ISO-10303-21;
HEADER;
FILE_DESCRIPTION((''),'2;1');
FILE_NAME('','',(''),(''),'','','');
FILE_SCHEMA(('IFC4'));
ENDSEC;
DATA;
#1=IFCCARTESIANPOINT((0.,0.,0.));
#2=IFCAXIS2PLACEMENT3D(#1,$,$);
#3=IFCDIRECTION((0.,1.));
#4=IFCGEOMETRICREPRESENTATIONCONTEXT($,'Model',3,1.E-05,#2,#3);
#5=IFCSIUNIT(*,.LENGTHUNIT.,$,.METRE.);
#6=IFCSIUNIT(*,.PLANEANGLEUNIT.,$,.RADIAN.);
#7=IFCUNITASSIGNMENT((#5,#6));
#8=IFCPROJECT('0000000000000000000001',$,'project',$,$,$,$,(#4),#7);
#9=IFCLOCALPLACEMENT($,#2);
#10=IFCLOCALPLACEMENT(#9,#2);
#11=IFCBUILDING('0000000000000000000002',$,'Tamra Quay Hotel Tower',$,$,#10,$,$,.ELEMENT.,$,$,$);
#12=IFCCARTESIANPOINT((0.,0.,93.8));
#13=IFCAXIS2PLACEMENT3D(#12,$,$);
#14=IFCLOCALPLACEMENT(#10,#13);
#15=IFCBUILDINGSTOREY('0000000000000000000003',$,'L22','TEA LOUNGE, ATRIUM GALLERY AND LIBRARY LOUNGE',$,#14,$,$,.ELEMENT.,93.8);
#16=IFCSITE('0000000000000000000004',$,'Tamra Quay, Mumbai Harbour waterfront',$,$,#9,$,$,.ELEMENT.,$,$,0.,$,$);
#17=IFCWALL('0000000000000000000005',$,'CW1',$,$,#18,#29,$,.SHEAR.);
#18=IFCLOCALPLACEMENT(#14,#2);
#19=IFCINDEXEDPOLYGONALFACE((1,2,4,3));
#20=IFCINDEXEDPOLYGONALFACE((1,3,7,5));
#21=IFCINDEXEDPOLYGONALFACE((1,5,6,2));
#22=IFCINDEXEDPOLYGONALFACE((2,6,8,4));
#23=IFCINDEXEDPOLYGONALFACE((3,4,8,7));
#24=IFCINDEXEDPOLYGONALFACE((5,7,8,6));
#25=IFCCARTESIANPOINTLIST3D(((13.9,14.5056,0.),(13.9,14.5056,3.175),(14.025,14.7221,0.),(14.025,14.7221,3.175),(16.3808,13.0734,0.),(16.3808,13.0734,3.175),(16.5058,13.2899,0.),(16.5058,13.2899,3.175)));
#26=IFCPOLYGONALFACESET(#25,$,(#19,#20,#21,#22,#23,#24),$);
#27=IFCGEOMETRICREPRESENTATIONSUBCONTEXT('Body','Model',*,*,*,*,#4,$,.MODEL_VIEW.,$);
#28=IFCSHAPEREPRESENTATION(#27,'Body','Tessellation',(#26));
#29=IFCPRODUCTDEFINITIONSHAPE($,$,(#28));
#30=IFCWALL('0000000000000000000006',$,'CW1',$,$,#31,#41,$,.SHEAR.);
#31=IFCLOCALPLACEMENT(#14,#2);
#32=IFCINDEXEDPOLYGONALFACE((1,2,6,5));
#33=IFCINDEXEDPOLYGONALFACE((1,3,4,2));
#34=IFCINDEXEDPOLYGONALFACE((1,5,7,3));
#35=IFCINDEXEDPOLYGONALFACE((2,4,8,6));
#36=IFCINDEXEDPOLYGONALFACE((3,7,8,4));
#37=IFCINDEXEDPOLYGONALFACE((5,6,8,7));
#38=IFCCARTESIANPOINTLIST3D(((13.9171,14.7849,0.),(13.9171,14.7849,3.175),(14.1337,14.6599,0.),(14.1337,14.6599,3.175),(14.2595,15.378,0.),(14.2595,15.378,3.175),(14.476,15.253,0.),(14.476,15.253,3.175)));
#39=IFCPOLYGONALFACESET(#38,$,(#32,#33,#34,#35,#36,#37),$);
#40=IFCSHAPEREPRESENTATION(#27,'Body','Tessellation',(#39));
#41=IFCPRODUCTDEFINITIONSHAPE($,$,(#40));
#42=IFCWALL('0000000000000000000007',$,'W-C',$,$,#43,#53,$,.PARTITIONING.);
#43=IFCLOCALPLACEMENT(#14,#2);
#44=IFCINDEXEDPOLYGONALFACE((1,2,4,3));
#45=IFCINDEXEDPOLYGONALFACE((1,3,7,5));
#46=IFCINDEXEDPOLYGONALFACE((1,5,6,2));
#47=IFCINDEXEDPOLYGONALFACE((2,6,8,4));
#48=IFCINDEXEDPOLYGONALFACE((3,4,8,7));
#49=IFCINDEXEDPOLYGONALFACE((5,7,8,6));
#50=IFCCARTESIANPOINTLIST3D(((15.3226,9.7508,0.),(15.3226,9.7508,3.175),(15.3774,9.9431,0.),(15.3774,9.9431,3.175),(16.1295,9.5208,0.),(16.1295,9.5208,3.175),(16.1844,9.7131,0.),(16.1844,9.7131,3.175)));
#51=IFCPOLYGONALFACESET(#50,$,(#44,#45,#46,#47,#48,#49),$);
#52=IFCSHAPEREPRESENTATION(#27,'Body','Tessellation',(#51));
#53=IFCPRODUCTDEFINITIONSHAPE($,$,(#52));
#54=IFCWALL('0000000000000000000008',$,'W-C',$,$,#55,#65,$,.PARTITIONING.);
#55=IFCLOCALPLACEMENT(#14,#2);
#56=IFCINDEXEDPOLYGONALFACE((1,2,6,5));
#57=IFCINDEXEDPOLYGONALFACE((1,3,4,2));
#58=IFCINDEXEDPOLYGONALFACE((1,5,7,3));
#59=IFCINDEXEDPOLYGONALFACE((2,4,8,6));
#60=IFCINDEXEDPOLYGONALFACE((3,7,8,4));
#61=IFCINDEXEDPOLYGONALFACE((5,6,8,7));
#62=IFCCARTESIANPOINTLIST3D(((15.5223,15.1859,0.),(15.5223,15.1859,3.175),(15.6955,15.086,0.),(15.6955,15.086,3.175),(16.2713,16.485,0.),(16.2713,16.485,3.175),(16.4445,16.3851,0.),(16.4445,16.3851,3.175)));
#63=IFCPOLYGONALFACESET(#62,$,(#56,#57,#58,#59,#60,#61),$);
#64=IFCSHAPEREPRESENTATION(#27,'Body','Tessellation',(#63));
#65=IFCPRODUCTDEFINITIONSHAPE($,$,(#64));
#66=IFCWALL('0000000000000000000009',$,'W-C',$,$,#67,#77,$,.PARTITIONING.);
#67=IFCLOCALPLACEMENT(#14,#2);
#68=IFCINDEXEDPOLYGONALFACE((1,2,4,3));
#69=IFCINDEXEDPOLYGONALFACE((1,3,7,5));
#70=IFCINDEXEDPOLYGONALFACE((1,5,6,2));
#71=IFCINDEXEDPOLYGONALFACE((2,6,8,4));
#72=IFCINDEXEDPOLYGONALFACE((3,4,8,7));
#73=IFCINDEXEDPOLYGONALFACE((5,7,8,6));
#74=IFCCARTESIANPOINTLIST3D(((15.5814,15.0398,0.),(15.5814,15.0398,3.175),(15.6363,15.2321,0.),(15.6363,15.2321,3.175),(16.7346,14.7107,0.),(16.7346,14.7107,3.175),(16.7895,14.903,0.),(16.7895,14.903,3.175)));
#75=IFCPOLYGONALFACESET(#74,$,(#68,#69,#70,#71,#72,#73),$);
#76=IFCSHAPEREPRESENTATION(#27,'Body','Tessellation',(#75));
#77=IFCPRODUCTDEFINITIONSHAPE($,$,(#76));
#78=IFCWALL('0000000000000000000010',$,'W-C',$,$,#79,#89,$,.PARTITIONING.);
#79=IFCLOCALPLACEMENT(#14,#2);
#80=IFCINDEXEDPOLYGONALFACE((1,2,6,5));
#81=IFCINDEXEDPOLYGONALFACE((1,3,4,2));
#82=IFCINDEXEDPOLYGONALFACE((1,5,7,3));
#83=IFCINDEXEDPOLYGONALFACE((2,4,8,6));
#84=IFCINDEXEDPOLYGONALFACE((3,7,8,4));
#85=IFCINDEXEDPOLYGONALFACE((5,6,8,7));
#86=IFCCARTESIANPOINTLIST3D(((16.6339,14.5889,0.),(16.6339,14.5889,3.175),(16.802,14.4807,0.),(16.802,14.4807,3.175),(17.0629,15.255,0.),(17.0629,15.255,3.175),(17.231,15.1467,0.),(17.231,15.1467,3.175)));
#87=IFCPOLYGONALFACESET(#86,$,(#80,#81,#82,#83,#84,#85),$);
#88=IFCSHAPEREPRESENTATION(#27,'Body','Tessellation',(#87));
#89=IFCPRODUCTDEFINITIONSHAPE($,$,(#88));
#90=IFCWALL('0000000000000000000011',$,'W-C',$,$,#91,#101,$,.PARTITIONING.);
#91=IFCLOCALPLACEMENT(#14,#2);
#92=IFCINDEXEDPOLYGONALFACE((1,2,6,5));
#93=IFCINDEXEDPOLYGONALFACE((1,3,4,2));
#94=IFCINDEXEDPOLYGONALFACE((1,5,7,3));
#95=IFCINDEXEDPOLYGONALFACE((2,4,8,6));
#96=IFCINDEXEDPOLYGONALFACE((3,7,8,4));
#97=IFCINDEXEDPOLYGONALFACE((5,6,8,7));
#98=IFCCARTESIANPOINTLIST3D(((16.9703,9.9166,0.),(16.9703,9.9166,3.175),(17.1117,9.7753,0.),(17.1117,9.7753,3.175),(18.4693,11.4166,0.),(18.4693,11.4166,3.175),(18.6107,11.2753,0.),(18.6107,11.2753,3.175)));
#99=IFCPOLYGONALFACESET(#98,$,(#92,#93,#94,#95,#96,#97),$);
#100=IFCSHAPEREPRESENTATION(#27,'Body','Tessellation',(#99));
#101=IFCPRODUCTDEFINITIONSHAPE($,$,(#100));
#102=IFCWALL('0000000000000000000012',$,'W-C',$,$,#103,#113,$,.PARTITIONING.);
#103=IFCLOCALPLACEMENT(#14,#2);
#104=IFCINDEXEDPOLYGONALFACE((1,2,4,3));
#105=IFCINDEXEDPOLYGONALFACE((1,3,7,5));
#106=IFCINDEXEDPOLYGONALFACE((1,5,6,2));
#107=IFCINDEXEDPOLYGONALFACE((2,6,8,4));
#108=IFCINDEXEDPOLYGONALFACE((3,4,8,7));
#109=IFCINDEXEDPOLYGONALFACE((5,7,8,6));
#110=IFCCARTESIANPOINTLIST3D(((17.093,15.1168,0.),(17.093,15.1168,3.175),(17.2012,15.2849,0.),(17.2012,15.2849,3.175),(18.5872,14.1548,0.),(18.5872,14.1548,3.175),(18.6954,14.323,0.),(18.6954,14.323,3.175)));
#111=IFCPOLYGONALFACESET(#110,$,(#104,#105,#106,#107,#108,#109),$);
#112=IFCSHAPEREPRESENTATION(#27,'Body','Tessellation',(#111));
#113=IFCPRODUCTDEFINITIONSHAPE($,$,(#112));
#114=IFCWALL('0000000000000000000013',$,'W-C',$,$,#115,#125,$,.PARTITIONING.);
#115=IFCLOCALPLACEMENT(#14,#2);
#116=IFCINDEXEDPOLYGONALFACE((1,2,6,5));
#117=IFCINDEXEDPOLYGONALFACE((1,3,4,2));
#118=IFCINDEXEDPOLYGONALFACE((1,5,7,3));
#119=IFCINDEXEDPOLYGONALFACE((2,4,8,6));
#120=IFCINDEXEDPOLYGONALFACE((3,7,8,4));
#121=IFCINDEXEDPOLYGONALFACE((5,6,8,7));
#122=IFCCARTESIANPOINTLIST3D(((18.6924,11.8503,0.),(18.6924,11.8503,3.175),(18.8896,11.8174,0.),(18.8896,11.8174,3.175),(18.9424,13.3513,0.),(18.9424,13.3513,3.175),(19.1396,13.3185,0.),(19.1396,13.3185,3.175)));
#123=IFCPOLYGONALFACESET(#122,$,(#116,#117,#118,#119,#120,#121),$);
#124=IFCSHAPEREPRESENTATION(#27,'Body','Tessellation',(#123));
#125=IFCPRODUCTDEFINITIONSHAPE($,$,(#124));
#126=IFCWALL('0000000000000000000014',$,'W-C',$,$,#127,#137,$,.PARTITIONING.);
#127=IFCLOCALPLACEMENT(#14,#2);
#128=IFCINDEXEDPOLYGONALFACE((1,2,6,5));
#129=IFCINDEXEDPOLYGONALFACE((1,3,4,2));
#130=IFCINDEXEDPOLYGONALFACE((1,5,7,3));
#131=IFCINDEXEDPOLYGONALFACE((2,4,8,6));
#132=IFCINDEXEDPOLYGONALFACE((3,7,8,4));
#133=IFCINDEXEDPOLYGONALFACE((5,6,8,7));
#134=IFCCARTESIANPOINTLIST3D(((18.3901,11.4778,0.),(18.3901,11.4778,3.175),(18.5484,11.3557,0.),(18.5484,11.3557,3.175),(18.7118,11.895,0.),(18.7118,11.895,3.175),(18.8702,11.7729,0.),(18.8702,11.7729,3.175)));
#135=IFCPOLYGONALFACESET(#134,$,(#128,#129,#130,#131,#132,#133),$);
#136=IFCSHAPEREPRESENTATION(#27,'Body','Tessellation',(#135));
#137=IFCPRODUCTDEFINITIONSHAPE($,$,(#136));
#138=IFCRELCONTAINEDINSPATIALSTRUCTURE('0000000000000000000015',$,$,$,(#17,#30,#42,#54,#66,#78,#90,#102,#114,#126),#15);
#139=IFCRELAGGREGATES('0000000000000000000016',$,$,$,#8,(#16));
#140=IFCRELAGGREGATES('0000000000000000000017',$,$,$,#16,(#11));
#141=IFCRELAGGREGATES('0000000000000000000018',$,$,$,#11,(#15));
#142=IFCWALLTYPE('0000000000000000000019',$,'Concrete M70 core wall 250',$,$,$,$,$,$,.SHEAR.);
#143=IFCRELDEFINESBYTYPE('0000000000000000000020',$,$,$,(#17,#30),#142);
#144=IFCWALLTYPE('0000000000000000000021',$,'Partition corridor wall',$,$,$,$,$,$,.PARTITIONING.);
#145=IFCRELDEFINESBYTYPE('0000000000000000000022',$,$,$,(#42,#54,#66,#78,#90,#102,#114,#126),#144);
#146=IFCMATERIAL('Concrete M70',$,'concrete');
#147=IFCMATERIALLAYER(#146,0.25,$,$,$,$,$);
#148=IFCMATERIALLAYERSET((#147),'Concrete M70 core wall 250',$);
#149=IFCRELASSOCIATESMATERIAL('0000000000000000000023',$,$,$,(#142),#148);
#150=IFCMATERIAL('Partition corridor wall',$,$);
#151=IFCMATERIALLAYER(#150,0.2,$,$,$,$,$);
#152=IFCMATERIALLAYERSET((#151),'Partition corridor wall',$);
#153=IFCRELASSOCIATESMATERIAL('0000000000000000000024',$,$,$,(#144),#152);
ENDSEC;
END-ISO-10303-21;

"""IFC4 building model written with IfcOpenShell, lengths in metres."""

from ifc_helpers import new_model, si_unit, direction, frame, frame_2d, origin, place, context, subcontext, project, spatial, rectangle, extrude, material, layer, layer_set, type_object, element, save


model = new_model("IFC4")

# Units and contexts
model_context = context("Model", 3, precision=1e-05, world=origin(), true_north=direction((0.0, 1.0)))
body_context = subcontext(model_context, "Body", "Model", "MODEL_VIEW")
ifc_project = project(units=[si_unit("LENGTHUNIT", "METRE"), si_unit("PLANEANGLEUNIT", "RADIAN")], contexts=[model_context])

# Site, building, storey
site_placement = place(None, origin())
site = spatial("IfcSite", under=ifc_project, at=site_placement, Name="Tamra Quay, Mumbai Harbour waterfront", CompositionType="ELEMENT", RefElevation=0.0)
building_placement = place(site_placement, origin())
building = spatial("IfcBuilding", under=site, at=building_placement, Name="Tamra Quay Hotel Tower", CompositionType="ELEMENT")
storey_placement = place(building_placement, frame((0.0, 0.0, 93.8)))
storey = spatial("IfcBuildingStorey", under=building, at=storey_placement, Name="L22", Description="TEA LOUNGE, ATRIUM GALLERY AND LIBRARY LOUNGE", CompositionType="ELEMENT", Elevation=93.8)

# Shared definitions
ifc_material_1 = material(Name="Concrete M70", Category="concrete")

# Walls
ifc_layer_1 = layer(ifc_material_1, 0.25)
ifc_layer_set_1 = layer_set([ifc_layer_1], Name="Concrete M70 core wall 250")
wall_type_1 = type_object("IfcWallType", Name="Concrete M70 core wall 250", PredefinedType="SHEAR", material=ifc_layer_set_1)
wall_1_placement = place(storey_placement, frame((13.9626, 14.6138, 0.0), z_axis=(0.0, 0.0, 1.0), x_axis=(0.866042, -0.499971, 0.0)))
element("IfcWall", 1, at=wall_1_placement, inside=storey, type_object=wall_type_1, Name="CW1", PredefinedType="SHEAR", context=body_context, shape_type="SweptSolid", body=[
    extrude(rectangle(XDim=2.8645, YDim=0.25, at=frame_2d((1.4321, 0.0))), origin(), (0.0, 0.0, 1.0), 3.175),
])
wall_2_placement = place(storey_placement, frame((14.3677, 15.3154, 0.0), z_axis=(0.0, 0.0, 1.0), x_axis=(-0.499897, -0.866085, 0.0)))
element("IfcWall", 2, at=wall_2_placement, inside=storey, type_object=wall_type_1, Name="CW1", PredefinedType="SHEAR", context=body_context, shape_type="SweptSolid", body=[
    extrude(rectangle(XDim=0.6848, YDim=0.25, at=frame_2d((0.3423, 0.0))), origin(), (0.0, 0.0, 1.0), 3.175),
])
ifc_material_2 = material(Name="Partition corridor wall")
ifc_layer_2 = layer(ifc_material_2, 0.2)
ifc_layer_set_2 = layer_set([ifc_layer_2], Name="Partition corridor wall")
wall_type_2 = type_object("IfcWallType", Name="Partition corridor wall", PredefinedType="PARTITIONING", material=ifc_layer_set_2)
wall_3_placement = place(storey_placement, frame((15.3501, 9.8469, 0.0), z_axis=(0.0, 0.0, 1.0), x_axis=(0.961699, -0.274106, 0.0)))
element("IfcWall", 3, at=wall_3_placement, inside=storey, type_object=wall_type_2, Name="W-C", PredefinedType="PARTITIONING", context=body_context, shape_type="SweptSolid", body=[
    extrude(rectangle(XDim=0.8391, YDim=0.2, at=frame_2d((0.4194, 0.0))), origin(), (0.0, 0.0, 1.0), 3.175),
])
wall_4_placement = place(storey_placement, frame((15.6089, 15.136, 0.0), z_axis=(0.0, 0.0, 1.0), x_axis=(0.499502, 0.866313, 0.0)))
element("IfcWall", 4, at=wall_4_placement, inside=storey, type_object=wall_type_2, Name="W-C", PredefinedType="PARTITIONING", context=body_context, shape_type="SweptSolid", body=[
    extrude(rectangle(XDim=1.4995, YDim=0.2, at=frame_2d((0.7498, 0.0))), origin(), (0.0, 0.0, 1.0), 3.175),
])
wall_5_placement = place(storey_placement, frame((15.6089, 15.136, 0.0), z_axis=(0.0, 0.0, 1.0), x_axis=(0.961601, -0.274452, 0.0)))
element("IfcWall", 5, at=wall_5_placement, inside=storey, type_object=wall_type_2, Name="W-C", PredefinedType="PARTITIONING", context=body_context, shape_type="SweptSolid", body=[
    extrude(rectangle(XDim=1.1992, YDim=0.2, at=frame_2d((0.5996, 0.0))), origin(), (0.0, 0.0, 1.0), 3.175),
])
wall_6_placement = place(storey_placement, frame((16.718, 14.5349, 0.0), z_axis=(0.0, 0.0, 1.0), x_axis=(0.541474, 0.840718, 0.0)))
element("IfcWall", 6, at=wall_6_placement, inside=storey, type_object=wall_type_2, Name="W-C", PredefinedType="PARTITIONING", context=body_context, shape_type="SweptSolid", body=[
    extrude(rectangle(XDim=0.7922, YDim=0.2, at=frame_2d((0.396, 0.0))), origin(), (0.0, 0.0, 1.0), 3.175),
])
wall_7_placement = place(storey_placement, frame((17.041, 9.8459, 0.0), z_axis=(0.0, 0.0, 1.0), x_axis=(0.706876, 0.707337, 0.0)))
element("IfcWall", 7, at=wall_7_placement, inside=storey, type_object=wall_type_2, Name="W-C", PredefinedType="PARTITIONING", context=body_context, shape_type="SweptSolid", body=[
    extrude(rectangle(XDim=2.1206, YDim=0.2, at=frame_2d((1.0603, 0.0))), origin(), (0.0, 0.0, 1.0), 3.175),
])
wall_8_placement = place(storey_placement, frame((17.147, 15.2009, 0.0), z_axis=(0.0, 0.0, 1.0), x_axis=(0.840821, -0.541313, 0.0)))
element("IfcWall", 8, at=wall_8_placement, inside=storey, type_object=wall_type_2, Name="W-C", PredefinedType="PARTITIONING", context=body_context, shape_type="SweptSolid", body=[
    extrude(rectangle(XDim=1.7771, YDim=0.2, at=frame_2d((0.8887, 0.0))), origin(), (0.0, 0.0, 1.0), 3.175),
])
wall_9_placement = place(storey_placement, frame((18.791, 11.834, 0.0), z_axis=(0.0, 0.0, 1.0), x_axis=(0.164295, 0.986411, 0.0)))
element("IfcWall", 9, at=wall_9_placement, inside=storey, type_object=wall_type_2, Name="W-C", PredefinedType="PARTITIONING", context=body_context, shape_type="SweptSolid", body=[
    extrude(rectangle(XDim=1.5217, YDim=0.2, at=frame_2d((0.7607, 0.0))), origin(), (0.0, 0.0, 1.0), 3.175),
])
wall_10_placement = place(storey_placement, frame((18.791, 11.834, 0.0), z_axis=(0.0, 0.0, 1.0), x_axis=(-0.610696, -0.791865, 0.0)))
element("IfcWall", 10, at=wall_10_placement, inside=storey, type_object=wall_type_2, Name="W-C", PredefinedType="PARTITIONING", context=body_context, shape_type="SweptSolid", body=[
    extrude(rectangle(XDim=0.5269, YDim=0.2, at=frame_2d((0.2634, 0.0))), origin(), (0.0, 0.0, 1.0), 3.175),
])

save(model, "model.ifc")
